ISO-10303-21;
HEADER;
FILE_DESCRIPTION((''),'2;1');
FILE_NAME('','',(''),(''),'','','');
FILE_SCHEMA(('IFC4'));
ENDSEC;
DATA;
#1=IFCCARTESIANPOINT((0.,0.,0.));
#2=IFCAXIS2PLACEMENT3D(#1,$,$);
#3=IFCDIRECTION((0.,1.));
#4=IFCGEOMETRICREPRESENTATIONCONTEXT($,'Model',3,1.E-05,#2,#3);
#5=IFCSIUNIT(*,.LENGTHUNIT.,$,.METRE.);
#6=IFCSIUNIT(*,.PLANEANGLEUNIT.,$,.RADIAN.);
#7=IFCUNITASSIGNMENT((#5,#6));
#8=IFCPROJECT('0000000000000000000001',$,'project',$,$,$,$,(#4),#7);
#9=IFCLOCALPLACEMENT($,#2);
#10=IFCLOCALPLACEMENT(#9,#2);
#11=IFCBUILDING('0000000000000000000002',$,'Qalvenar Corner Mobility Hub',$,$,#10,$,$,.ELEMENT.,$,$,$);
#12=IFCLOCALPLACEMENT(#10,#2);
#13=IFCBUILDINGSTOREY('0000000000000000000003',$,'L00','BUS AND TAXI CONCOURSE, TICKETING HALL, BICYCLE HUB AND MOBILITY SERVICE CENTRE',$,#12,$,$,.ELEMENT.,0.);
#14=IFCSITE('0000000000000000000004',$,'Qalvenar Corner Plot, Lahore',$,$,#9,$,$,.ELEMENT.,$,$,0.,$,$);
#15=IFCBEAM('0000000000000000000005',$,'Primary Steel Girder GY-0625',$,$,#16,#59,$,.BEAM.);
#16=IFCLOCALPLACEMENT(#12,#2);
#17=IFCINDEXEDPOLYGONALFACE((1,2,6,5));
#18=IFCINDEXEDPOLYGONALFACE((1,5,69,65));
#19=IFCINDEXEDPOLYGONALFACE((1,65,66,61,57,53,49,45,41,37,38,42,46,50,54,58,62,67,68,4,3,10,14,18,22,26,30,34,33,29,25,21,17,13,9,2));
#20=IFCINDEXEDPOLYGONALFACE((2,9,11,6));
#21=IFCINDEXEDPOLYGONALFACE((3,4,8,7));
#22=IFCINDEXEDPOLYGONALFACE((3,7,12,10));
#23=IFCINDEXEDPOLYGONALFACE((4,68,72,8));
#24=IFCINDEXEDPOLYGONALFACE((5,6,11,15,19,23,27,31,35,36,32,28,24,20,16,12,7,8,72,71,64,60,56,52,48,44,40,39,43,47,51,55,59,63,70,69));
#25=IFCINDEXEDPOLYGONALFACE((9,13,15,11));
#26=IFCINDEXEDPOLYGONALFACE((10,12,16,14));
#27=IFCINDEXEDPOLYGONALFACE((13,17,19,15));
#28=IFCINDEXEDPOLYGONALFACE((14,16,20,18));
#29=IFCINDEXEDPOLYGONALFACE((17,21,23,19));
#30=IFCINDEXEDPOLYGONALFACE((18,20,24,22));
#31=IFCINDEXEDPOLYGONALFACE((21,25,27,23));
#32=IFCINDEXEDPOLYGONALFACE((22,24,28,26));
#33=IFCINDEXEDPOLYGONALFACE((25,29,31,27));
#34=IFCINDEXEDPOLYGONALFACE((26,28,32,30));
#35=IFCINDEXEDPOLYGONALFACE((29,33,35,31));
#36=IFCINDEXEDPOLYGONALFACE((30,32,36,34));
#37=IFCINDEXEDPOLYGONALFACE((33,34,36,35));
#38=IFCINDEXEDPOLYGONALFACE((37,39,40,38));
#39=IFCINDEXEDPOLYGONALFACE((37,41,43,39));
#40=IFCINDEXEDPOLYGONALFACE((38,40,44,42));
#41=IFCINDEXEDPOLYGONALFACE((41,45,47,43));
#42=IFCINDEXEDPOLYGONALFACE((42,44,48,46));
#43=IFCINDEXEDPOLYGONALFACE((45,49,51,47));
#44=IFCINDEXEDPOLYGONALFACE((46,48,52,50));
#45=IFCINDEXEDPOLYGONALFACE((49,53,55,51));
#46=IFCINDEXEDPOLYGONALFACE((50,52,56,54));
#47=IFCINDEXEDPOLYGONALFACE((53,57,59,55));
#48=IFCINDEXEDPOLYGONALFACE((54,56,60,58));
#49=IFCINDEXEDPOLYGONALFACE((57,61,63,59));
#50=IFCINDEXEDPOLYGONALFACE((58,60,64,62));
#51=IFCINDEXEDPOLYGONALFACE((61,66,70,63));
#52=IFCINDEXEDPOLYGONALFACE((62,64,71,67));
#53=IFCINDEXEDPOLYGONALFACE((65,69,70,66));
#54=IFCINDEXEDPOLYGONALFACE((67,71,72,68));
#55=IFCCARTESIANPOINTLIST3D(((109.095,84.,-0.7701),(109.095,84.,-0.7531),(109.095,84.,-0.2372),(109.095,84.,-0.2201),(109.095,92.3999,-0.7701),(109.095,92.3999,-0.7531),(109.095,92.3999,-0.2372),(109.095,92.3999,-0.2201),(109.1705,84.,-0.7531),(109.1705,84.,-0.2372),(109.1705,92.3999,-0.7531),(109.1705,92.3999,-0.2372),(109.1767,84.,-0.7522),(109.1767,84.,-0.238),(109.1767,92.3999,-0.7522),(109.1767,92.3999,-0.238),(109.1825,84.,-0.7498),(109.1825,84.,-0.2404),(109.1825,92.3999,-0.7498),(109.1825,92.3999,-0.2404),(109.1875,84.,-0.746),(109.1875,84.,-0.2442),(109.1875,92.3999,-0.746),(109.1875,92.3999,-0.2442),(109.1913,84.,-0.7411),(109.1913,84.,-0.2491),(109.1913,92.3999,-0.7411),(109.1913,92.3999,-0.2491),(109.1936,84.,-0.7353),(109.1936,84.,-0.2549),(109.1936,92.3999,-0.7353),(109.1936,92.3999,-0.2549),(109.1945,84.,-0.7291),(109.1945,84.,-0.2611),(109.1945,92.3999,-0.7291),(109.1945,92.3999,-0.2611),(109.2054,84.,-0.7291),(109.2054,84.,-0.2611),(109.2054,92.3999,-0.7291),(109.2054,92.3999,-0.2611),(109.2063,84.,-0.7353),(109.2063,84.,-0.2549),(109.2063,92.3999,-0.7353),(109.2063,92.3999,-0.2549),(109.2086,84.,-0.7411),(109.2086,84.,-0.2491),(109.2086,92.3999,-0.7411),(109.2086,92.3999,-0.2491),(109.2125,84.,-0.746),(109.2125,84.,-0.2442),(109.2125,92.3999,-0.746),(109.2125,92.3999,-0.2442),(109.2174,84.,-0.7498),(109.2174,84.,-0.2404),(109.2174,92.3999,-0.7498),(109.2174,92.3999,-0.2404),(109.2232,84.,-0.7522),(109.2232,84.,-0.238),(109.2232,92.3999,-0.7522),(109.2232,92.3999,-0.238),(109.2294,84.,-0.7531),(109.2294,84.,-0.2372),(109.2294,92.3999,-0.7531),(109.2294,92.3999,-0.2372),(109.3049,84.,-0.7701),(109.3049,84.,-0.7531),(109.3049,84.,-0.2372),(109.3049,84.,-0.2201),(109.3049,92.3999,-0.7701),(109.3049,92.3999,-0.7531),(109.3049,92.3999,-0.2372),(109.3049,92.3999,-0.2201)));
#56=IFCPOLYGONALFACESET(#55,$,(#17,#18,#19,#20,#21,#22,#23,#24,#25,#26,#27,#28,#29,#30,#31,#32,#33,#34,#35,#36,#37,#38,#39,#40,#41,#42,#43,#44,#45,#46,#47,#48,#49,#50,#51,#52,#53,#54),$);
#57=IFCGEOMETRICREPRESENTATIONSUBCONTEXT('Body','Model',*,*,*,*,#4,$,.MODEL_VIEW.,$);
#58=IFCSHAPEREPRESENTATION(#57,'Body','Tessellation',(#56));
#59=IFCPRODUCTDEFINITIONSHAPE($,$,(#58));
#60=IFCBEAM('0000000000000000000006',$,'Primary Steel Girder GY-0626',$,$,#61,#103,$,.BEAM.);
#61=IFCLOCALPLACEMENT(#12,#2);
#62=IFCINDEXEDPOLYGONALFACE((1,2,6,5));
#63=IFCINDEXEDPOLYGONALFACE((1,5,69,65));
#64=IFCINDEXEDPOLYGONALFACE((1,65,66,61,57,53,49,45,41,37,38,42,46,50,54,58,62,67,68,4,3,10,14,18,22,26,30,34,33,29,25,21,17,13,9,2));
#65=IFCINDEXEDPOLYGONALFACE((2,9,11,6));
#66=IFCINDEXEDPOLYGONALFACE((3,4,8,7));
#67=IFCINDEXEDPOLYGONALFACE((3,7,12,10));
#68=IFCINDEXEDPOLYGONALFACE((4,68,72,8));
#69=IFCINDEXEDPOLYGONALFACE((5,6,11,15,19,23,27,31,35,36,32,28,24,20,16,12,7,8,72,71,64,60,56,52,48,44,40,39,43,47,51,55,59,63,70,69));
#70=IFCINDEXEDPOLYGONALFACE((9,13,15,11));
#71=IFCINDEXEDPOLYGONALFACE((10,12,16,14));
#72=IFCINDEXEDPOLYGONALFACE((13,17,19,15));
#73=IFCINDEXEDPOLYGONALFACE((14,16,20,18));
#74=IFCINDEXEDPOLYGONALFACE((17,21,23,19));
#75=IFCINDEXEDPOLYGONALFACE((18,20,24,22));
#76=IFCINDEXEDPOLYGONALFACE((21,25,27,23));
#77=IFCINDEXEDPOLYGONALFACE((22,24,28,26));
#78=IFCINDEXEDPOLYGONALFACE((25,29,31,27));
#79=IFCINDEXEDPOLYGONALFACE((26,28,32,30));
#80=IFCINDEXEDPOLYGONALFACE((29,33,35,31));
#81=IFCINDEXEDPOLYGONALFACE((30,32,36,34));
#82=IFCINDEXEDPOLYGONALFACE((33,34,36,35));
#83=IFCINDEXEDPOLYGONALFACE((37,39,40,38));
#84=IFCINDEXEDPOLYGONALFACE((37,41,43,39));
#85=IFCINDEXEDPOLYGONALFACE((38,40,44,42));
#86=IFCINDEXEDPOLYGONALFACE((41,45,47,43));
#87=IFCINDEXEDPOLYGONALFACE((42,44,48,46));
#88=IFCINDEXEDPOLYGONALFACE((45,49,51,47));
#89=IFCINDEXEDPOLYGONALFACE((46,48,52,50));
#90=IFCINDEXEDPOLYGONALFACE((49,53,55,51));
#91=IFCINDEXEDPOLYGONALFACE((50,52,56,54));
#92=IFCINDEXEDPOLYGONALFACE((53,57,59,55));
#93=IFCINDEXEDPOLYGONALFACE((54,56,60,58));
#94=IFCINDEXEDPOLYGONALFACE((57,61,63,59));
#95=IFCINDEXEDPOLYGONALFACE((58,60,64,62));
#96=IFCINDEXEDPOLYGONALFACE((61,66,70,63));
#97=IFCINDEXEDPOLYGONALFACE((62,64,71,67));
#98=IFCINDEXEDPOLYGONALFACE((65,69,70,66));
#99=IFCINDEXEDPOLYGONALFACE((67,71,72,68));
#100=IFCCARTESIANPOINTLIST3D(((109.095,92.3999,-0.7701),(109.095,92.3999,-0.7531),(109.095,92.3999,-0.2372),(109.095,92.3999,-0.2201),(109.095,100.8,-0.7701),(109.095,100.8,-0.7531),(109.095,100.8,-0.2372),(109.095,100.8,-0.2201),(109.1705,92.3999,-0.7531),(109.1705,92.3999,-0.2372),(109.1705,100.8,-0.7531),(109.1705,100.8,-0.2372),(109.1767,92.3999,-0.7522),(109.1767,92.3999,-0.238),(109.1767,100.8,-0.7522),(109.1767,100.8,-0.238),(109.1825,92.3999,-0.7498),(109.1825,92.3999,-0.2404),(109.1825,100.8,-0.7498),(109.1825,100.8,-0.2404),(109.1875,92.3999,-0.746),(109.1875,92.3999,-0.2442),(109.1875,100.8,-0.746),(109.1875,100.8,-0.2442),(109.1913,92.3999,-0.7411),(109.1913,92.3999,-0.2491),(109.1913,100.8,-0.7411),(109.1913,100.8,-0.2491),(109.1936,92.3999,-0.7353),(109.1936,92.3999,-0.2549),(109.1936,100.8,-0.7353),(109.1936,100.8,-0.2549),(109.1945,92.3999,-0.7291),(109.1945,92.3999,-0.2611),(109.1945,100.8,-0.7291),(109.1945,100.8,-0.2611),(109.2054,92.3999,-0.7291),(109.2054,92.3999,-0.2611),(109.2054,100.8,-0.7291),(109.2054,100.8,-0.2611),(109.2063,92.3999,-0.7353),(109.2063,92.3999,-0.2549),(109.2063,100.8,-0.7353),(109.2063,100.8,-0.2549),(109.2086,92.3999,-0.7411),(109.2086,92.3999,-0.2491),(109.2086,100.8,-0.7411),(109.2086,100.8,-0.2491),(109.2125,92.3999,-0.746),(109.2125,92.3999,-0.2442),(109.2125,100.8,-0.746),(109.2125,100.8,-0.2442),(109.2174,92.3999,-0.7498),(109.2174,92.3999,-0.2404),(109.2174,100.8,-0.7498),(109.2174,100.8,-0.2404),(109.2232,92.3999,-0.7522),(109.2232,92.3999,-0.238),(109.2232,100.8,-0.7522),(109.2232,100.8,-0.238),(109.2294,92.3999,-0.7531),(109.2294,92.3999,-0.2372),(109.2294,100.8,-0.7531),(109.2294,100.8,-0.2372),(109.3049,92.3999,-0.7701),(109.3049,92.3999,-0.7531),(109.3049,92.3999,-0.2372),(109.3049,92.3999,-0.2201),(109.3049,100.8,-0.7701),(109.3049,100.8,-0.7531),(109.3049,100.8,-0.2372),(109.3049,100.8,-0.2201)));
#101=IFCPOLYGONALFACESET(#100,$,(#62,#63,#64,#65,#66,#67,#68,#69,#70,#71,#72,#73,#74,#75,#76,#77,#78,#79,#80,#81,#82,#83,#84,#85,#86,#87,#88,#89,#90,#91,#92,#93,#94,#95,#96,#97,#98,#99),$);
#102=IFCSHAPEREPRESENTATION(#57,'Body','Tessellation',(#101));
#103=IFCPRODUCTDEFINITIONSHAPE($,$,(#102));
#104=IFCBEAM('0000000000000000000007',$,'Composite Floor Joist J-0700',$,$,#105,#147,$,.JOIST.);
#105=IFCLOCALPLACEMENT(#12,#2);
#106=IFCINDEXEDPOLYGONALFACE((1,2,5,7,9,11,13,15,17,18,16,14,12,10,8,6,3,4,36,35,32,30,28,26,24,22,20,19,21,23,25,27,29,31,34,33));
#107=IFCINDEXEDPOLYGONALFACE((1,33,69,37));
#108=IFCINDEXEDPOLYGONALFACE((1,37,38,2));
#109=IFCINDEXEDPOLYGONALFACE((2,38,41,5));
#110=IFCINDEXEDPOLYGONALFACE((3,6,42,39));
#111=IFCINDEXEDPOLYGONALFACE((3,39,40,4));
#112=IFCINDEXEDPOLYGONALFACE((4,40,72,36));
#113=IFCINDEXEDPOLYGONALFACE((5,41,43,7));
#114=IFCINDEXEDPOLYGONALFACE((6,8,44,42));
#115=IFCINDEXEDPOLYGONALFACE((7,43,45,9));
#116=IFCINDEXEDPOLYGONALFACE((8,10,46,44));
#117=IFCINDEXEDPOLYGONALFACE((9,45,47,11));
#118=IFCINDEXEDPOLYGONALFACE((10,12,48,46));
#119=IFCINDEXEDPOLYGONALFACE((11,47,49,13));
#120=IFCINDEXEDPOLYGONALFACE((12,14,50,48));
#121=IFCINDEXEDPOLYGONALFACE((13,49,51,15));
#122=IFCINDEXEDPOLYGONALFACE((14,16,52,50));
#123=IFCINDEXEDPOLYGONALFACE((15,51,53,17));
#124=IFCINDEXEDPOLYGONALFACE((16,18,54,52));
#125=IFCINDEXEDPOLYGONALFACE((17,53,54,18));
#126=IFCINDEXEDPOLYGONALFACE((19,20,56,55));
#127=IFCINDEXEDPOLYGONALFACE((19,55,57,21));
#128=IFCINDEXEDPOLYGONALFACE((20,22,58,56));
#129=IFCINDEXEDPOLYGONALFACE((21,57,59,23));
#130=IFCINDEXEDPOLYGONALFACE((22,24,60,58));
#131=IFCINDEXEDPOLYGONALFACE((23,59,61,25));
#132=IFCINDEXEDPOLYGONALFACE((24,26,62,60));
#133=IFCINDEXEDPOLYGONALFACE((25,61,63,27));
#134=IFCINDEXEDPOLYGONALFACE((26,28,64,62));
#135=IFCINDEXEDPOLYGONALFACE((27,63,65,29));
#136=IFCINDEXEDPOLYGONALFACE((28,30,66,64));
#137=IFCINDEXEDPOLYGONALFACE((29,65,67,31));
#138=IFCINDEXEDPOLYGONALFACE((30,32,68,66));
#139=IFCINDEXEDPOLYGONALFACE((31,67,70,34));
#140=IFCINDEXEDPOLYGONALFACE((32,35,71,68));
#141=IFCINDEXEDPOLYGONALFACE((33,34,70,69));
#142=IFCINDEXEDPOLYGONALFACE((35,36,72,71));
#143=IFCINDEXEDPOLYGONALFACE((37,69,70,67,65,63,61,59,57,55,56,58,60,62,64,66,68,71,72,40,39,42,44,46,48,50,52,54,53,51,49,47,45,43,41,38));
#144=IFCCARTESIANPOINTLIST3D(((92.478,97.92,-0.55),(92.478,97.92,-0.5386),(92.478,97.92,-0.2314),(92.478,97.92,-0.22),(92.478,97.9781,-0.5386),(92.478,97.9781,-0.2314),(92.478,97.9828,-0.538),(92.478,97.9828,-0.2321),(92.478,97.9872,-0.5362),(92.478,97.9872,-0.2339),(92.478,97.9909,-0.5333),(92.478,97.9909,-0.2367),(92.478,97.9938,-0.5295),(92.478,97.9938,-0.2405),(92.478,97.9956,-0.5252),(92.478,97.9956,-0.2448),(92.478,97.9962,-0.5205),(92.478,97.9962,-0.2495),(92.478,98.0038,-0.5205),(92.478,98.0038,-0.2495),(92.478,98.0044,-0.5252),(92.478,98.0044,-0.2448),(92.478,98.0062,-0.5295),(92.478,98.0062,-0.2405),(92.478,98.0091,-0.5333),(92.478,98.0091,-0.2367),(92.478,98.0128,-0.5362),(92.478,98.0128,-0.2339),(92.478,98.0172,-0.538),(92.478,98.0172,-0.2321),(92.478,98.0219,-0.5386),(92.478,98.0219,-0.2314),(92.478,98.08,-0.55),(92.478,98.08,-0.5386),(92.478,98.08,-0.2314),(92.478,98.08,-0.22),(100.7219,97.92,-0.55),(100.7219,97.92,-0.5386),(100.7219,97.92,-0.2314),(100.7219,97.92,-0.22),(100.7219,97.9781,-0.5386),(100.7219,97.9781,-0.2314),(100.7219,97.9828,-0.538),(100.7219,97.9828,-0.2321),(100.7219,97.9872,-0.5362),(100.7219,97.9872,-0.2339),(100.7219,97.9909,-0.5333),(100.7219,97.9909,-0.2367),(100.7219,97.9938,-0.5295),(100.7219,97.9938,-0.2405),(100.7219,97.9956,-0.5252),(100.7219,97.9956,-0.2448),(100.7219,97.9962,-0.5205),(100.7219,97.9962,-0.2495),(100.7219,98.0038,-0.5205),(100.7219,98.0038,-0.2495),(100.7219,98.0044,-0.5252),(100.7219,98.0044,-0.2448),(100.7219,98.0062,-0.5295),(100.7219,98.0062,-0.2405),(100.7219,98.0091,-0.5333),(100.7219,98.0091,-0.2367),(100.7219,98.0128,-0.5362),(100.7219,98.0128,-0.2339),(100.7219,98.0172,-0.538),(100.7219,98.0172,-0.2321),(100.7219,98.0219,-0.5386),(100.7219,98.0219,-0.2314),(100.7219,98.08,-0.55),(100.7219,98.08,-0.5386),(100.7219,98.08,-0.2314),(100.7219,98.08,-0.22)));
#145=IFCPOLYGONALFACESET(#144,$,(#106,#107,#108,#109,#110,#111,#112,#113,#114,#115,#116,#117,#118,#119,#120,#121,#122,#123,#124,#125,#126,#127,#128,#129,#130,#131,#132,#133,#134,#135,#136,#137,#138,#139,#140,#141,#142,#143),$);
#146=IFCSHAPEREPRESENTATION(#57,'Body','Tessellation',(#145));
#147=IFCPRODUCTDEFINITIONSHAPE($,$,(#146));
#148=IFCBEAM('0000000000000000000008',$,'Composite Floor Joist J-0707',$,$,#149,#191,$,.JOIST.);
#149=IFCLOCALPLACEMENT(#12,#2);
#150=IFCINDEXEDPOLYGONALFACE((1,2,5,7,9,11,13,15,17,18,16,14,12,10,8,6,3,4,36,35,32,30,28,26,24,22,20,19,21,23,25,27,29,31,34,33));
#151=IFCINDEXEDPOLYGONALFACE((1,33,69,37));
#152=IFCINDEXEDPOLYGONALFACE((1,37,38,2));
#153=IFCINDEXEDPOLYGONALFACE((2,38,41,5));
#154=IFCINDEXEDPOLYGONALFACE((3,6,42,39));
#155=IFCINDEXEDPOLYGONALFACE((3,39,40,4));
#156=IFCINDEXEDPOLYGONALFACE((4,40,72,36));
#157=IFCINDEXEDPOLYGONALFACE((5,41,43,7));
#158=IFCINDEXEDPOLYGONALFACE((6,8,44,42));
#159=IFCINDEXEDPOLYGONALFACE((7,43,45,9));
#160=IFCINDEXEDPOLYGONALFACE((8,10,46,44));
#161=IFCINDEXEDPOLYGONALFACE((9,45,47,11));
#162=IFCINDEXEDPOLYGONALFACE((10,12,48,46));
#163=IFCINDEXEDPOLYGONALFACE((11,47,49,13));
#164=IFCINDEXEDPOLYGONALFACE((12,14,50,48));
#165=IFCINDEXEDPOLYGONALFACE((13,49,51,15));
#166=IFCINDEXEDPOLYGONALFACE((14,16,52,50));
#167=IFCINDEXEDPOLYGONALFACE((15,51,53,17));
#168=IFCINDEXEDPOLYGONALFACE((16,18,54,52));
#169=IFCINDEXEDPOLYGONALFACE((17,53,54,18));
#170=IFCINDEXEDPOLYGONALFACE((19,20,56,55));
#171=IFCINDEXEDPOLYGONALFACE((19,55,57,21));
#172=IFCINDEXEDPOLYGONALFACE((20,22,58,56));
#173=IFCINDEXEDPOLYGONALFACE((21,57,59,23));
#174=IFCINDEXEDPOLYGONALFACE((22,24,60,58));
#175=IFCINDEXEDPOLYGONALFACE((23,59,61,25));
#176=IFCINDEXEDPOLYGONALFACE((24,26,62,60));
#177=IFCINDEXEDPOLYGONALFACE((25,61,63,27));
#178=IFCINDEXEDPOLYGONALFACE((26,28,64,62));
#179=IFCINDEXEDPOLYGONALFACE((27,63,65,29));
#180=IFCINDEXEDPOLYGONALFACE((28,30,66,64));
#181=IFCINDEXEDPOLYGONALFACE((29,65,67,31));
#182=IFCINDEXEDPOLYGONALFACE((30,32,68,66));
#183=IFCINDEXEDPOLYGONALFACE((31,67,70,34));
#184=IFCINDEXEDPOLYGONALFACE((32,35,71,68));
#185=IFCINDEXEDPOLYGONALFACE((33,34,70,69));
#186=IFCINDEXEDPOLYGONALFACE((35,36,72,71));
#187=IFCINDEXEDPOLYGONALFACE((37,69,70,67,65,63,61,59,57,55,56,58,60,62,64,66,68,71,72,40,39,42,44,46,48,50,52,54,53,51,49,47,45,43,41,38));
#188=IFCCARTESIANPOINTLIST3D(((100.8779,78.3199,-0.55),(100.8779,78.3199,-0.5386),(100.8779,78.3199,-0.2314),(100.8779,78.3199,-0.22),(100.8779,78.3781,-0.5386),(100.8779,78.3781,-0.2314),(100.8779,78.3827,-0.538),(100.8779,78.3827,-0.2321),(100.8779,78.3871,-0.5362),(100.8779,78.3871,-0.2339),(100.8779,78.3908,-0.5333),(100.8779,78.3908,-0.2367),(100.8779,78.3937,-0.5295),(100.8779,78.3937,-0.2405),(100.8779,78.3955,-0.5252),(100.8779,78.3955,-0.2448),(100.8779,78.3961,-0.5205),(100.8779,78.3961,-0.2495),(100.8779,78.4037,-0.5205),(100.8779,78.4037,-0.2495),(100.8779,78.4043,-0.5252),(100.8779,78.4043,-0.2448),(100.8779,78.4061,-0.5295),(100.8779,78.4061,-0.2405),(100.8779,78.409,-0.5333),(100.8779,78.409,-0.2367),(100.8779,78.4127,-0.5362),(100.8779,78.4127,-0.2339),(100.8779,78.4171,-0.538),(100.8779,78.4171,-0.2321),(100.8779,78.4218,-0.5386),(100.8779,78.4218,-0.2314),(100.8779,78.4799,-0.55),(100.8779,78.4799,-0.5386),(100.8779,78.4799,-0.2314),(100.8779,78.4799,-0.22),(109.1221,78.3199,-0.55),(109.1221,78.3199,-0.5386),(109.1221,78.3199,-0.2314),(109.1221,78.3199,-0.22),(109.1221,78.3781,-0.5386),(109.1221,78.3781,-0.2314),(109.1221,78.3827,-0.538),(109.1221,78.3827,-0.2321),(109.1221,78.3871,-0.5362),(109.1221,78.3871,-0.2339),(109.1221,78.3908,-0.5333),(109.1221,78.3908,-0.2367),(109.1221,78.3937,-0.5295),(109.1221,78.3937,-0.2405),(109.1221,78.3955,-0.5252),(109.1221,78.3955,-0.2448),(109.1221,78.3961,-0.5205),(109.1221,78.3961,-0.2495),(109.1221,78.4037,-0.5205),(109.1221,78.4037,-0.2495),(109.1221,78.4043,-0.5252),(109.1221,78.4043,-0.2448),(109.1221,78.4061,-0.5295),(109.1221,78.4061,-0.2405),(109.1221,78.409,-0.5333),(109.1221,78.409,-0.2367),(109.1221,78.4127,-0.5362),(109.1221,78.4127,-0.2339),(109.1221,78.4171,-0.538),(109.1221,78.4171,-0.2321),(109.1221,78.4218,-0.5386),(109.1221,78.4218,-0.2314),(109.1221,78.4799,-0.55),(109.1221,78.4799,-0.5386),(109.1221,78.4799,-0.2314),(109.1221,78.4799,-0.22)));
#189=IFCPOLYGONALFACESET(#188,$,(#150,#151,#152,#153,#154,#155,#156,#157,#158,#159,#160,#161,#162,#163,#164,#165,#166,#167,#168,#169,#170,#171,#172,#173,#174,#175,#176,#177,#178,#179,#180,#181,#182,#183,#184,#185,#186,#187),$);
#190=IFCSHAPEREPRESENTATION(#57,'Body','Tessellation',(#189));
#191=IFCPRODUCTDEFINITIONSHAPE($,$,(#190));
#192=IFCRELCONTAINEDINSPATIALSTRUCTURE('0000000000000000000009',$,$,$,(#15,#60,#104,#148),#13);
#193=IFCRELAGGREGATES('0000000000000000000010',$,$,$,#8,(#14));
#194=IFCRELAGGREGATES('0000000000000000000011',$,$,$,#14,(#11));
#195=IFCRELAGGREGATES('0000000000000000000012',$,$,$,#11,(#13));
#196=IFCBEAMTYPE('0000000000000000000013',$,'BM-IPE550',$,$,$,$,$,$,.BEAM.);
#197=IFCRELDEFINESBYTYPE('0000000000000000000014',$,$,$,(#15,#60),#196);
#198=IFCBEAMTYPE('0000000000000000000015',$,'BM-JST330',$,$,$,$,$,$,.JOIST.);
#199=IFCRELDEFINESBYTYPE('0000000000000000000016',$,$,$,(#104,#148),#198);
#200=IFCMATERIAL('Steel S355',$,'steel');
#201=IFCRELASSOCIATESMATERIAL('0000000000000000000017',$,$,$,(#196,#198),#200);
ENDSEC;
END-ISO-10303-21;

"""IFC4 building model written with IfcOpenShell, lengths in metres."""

from ifc_helpers import new_model, si_unit, direction, frame, origin, origin_2d, place, context, subcontext, project, spatial, i_section, extrude, material, material_profile, profile_set, type_object, element, save


model = new_model("IFC4")

# Units and contexts
model_context = context("Model", 3, precision=1e-05, world=origin(), true_north=direction((0.0, 1.0)))
body_context = subcontext(model_context, "Body", "Model", "MODEL_VIEW")
ifc_project = project(units=[si_unit("LENGTHUNIT", "METRE"), si_unit("PLANEANGLEUNIT", "RADIAN")], contexts=[model_context])

# Site, building, storey
site_placement = place(None, origin())
site = spatial("IfcSite", under=ifc_project, at=site_placement, Name="Qalvenar Corner Plot, Lahore", CompositionType="ELEMENT", RefElevation=0.0)
building_placement = place(site_placement, origin())
building = spatial("IfcBuilding", under=site, at=building_placement, Name="Qalvenar Corner Mobility Hub", CompositionType="ELEMENT")
storey_placement = place(building_placement, origin())
storey = spatial("IfcBuildingStorey", under=building, at=storey_placement, Name="L00", Description="BUS AND TAXI CONCOURSE, TICKETING HALL, BICYCLE HUB AND MOBILITY SERVICE CENTRE", CompositionType="ELEMENT", Elevation=0.0)

# Shared definitions
ifc_material = material(Name="Steel S355", Category="steel")

# Beams
ifc_material_profile_1 = material_profile(ifc_material, i_section(OverallWidth=0.21, OverallDepth=0.55, WebThickness=0.011, FlangeThickness=0.0171, FilletRadius=0.0239, at=origin_2d()), Name="IPE550")
ifc_profile_set_1 = profile_set([ifc_material_profile_1], Name="Steel S355")
beam_type_1 = type_object("IfcBeamType", Name="BM-IPE550", PredefinedType="BEAM", material=ifc_profile_set_1)
for number, where, z_axis, x_axis, name in (
    (1, (109.2, 84.0, -0.4951), (0.0, 1.0, 0.0), (-1.0, 0.0, 0.0), "Primary Steel Girder GY-0625"),
):
    element("IfcBeam", number, at=place(storey_placement, frame(where, z_axis=z_axis, x_axis=x_axis)), inside=storey, type_object=beam_type_1, Name=name, PredefinedType="BEAM", context=body_context, shape_type="SweptSolid", body=[
        extrude(i_section(OverallWidth=0.21, OverallDepth=0.55, WebThickness=0.011, FlangeThickness=0.0171, FilletRadius=0.0239, at=origin_2d()), origin(), (0.0, 0.0, 1.0), 8.3999),
    ])
beam_1_placement = place(storey_placement, frame((109.2, 92.3999, -0.4951), z_axis=(0.0, 1.0, 0.0), x_axis=(-1.0, 0.0, 0.0)))
element("IfcBeam", 2, at=beam_1_placement, inside=storey, type_object=beam_type_1, Name="Primary Steel Girder GY-0626", PredefinedType="BEAM", context=body_context, shape_type="SweptSolid", body=[
    extrude(i_section(OverallWidth=0.21, OverallDepth=0.55, WebThickness=0.011, FlangeThickness=0.0171, FilletRadius=0.0239, at=origin_2d()), origin(), (0.0, 0.0, 1.0), 8.4001),
])
ifc_material_profile_2 = material_profile(ifc_material, i_section(OverallWidth=0.1599, OverallDepth=0.3301, WebThickness=0.0076, FlangeThickness=0.0115, FilletRadius=0.0181, at=origin_2d()), Name="IPE330")
ifc_profile_set_2 = profile_set([ifc_material_profile_2], Name="Steel S355")
beam_type_2 = type_object("IfcBeamType", Name="BM-JST330", PredefinedType="JOIST", material=ifc_profile_set_2)
beam_2_placement = place(storey_placement, frame((92.478, 98.0, -0.385), z_axis=(1.0, 0.0, 0.0), x_axis=(0.0, 1.0, 0.0)))
element("IfcBeam", 3, at=beam_2_placement, inside=storey, type_object=beam_type_2, Name="Composite Floor Joist J-0700", PredefinedType="JOIST", context=body_context, shape_type="SweptSolid", body=[
    extrude(i_section(OverallWidth=0.1599, OverallDepth=0.3301, WebThickness=0.0076, FlangeThickness=0.0115, FilletRadius=0.0181, at=origin_2d()), origin(), (0.0, 0.0, 1.0), 8.2439),
])
for number, where, z_axis, x_axis, name in (
    (4, (100.8779, 78.3999, -0.385), (1.0, 0.0, 0.0), (0.0, 1.0, 0.0), "Composite Floor Joist J-0707"),
):
    element("IfcBeam", number, at=place(storey_placement, frame(where, z_axis=z_axis, x_axis=x_axis)), inside=storey, type_object=beam_type_2, Name=name, PredefinedType="JOIST", context=body_context, shape_type="SweptSolid", body=[
        extrude(i_section(OverallWidth=0.1599, OverallDepth=0.3301, WebThickness=0.0076, FlangeThickness=0.0115, FilletRadius=0.0181, at=origin_2d()), origin(), (0.0, 0.0, 1.0), 8.2441),
    ])

save(model, "model.ifc")
